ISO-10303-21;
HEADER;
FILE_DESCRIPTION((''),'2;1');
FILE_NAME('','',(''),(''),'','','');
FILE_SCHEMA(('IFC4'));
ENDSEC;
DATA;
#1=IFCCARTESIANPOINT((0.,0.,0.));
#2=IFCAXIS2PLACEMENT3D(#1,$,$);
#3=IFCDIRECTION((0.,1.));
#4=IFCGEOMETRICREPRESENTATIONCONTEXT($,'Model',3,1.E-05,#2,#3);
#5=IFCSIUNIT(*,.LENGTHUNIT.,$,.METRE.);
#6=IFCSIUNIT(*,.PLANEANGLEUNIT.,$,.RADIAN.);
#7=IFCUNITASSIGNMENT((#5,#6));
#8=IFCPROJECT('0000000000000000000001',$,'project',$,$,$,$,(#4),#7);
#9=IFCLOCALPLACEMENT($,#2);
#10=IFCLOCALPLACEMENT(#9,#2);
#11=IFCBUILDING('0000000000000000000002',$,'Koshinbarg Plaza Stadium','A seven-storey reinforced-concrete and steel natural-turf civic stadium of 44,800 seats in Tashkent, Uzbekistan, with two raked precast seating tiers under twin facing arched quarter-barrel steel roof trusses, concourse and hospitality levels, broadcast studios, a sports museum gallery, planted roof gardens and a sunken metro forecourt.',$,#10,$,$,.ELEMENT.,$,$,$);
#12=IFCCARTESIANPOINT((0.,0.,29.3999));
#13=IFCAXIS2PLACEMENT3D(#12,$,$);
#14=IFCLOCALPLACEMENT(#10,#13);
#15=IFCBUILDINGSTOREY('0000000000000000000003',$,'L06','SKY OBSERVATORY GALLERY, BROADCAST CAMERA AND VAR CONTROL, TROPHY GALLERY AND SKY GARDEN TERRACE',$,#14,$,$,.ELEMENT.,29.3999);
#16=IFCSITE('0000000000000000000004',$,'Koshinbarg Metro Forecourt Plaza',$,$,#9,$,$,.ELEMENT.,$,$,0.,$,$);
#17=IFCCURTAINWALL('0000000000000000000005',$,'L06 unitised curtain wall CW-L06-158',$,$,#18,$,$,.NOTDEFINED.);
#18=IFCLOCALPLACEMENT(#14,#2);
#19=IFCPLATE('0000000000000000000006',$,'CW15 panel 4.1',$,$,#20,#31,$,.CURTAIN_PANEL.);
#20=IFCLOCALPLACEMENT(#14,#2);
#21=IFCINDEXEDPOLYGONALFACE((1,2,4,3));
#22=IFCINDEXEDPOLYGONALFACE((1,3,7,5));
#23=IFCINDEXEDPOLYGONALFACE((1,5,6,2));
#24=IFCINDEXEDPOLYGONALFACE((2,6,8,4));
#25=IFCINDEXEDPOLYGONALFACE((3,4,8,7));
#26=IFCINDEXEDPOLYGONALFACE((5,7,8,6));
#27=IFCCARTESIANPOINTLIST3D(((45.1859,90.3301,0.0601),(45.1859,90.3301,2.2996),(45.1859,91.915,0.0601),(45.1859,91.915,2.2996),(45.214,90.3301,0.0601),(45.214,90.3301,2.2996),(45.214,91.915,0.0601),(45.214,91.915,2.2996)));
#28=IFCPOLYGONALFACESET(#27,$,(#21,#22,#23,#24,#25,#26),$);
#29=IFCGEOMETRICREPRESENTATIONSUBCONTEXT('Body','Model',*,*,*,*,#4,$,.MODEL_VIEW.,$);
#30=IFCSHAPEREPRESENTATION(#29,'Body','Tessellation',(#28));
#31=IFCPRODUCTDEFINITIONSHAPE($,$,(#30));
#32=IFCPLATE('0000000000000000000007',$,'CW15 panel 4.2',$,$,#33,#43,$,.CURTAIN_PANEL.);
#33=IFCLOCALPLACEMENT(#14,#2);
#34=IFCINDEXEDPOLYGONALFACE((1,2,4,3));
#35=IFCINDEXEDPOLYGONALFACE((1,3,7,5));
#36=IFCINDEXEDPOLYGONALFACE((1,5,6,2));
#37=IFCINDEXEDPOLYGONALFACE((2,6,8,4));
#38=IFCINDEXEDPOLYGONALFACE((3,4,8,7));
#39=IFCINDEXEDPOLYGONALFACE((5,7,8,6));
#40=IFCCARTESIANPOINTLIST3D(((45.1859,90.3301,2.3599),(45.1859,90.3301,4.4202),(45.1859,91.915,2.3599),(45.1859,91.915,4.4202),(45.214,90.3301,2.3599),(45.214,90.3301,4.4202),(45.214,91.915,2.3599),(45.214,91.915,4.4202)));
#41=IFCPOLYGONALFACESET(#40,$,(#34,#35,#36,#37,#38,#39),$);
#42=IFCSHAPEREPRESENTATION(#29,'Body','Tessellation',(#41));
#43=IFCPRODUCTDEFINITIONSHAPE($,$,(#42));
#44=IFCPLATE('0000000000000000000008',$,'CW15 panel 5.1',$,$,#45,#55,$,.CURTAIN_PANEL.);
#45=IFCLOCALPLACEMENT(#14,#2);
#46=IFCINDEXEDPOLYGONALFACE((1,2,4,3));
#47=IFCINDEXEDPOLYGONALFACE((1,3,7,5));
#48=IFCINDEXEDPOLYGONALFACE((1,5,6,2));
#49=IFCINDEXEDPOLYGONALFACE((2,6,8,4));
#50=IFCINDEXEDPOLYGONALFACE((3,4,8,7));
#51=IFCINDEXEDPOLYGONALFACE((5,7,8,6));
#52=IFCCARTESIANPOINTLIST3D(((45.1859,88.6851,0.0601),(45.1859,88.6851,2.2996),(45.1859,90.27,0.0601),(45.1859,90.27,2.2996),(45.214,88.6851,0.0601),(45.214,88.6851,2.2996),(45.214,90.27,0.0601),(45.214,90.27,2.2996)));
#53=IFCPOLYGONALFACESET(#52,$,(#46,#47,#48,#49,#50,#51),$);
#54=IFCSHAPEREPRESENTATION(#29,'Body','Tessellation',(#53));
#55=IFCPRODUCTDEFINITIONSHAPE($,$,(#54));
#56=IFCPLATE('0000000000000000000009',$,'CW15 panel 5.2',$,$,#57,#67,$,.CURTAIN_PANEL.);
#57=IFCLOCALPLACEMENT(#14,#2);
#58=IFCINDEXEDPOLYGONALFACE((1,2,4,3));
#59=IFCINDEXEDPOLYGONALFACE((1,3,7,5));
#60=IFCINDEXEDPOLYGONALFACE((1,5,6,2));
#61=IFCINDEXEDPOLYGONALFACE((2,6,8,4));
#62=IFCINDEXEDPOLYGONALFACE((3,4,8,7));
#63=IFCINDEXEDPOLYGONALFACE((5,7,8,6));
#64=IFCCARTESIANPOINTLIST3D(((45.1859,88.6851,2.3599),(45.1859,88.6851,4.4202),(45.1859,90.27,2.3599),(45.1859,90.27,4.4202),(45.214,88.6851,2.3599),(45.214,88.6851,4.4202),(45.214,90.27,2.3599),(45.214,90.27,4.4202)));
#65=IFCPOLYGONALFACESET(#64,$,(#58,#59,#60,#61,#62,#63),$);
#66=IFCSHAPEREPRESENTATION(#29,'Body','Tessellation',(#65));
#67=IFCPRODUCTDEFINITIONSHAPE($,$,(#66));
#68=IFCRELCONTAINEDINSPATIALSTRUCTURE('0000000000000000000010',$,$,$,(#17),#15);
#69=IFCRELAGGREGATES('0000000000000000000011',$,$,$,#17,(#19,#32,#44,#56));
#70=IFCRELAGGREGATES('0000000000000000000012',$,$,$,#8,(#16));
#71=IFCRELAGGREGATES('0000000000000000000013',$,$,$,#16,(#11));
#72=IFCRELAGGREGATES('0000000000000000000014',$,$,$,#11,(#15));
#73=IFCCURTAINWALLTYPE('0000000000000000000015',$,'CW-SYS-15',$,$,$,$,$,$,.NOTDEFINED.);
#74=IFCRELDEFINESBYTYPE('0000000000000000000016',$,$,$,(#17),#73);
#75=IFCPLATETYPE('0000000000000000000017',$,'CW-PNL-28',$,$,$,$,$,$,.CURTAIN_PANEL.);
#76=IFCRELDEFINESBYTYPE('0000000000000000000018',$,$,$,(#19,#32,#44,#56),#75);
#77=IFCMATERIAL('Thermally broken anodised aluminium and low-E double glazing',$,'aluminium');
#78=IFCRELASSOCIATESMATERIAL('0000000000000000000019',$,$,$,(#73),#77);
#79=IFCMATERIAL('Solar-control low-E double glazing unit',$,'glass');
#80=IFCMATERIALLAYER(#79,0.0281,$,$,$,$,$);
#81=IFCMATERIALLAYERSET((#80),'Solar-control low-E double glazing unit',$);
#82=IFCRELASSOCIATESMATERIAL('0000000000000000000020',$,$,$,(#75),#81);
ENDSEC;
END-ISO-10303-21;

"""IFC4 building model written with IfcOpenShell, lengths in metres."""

from ifc_helpers import new_model, si_unit, direction, frame, origin, origin_2d, place, context, subcontext, project, spatial, rectangle, extrude, material, layer, layer_set, type_object, element, aggregate, save


model = new_model("IFC4")

# Units and contexts
model_context = context("Model", 3, precision=1e-05, world=origin(), true_north=direction((0.0, 1.0)))
body_context = subcontext(model_context, "Body", "Model", "MODEL_VIEW")
ifc_project = project(units=[si_unit("LENGTHUNIT", "METRE"), si_unit("PLANEANGLEUNIT", "RADIAN")], contexts=[model_context])

# Site, building, storey
site_placement = place(None, origin())
site = spatial("IfcSite", under=ifc_project, at=site_placement, Name="Koshinbarg Metro Forecourt Plaza", CompositionType="ELEMENT", RefElevation=0.0)
building_placement = place(site_placement, origin())
building = spatial("IfcBuilding", under=site, at=building_placement, Name="Koshinbarg Plaza Stadium", Description="A seven-storey reinforced-concrete and steel natural-turf civic stadium of 44,800 seats in Tashkent, Uzbekistan, with two raked precast seating tiers under twin facing arched quarter-barrel steel roof trusses, concourse and hospitality levels, broadcast studios, a sports museum gallery, planted roof gardens and a sunken metro forecourt.", CompositionType="ELEMENT")
storey_placement = place(building_placement, frame((0.0, 0.0, 29.3999)))
storey = spatial("IfcBuildingStorey", under=building, at=storey_placement, Name="L06", Description="SKY OBSERVATORY GALLERY, BROADCAST CAMERA AND VAR CONTROL, TROPHY GALLERY AND SKY GARDEN TERRACE", CompositionType="ELEMENT", Elevation=29.3999)

# Curtain wall, plates
ifc_material_1 = material(Name="Thermally broken anodised aluminium and low-E double glazing", Category="aluminium")
curtain_wall_type = type_object("IfcCurtainWallType", Name="CW-SYS-15", PredefinedType="NOTDEFINED", material=ifc_material_1)
curtain_wall_placement = place(storey_placement, origin())
curtain_wall = element("IfcCurtainWall", 1, at=curtain_wall_placement, inside=storey, type_object=curtain_wall_type, Name="L06 unitised curtain wall CW-L06-158", PredefinedType="NOTDEFINED")
ifc_material_2 = material(Name="Solar-control low-E double glazing unit", Category="glass")
ifc_layer = layer(ifc_material_2, 0.0281)
ifc_layer_set = layer_set([ifc_layer], Name="Solar-control low-E double glazing unit")
plate_type = type_object("IfcPlateType", Name="CW-PNL-28", PredefinedType="CURTAIN_PANEL", material=ifc_layer_set)
plate_1_placement = place(storey_placement, frame((45.2, 91.1226, 0.0601), z_axis=(0.0, 0.0, 1.0), x_axis=(0.0, -1.0, 0.0)))
plate_1 = element("IfcPlate", 2, at=plate_1_placement, type_object=plate_type, Name="CW15 panel 4.1", PredefinedType="CURTAIN_PANEL", context=body_context, shape_type="SweptSolid", body=[
    extrude(rectangle(XDim=1.585, YDim=0.0281, at=origin_2d()), origin(), (0.0, 0.0, 1.0), 2.2395),
])
plate_2_placement = place(storey_placement, frame((45.2, 91.1226, 2.3599), z_axis=(0.0, 0.0, 1.0), x_axis=(0.0, -1.0, 0.0)))
plate_2 = element("IfcPlate", 3, at=plate_2_placement, type_object=plate_type, Name="CW15 panel 4.2", PredefinedType="CURTAIN_PANEL", context=body_context, shape_type="SweptSolid", body=[
    extrude(rectangle(XDim=1.585, YDim=0.0281, at=origin_2d()), origin(), (0.0, 0.0, 1.0), 2.0603),
])
plate_3_placement = place(storey_placement, frame((45.2, 89.4775, 0.0601), z_axis=(0.0, 0.0, 1.0), x_axis=(0.0, -1.0, 0.0)))
plate_3 = element("IfcPlate", 4, at=plate_3_placement, type_object=plate_type, Name="CW15 panel 5.1", PredefinedType="CURTAIN_PANEL", context=body_context, shape_type="SweptSolid", body=[
    extrude(rectangle(XDim=1.585, YDim=0.0281, at=origin_2d()), origin(), (0.0, 0.0, 1.0), 2.2395),
])
plate_4_placement = place(storey_placement, frame((45.2, 89.4775, 2.3599), z_axis=(0.0, 0.0, 1.0), x_axis=(0.0, -1.0, 0.0)))
plate_4 = element("IfcPlate", 5, at=plate_4_placement, type_object=plate_type, Name="CW15 panel 5.2", PredefinedType="CURTAIN_PANEL", context=body_context, shape_type="SweptSolid", body=[
    extrude(rectangle(XDim=1.585, YDim=0.0281, at=origin_2d()), origin(), (0.0, 0.0, 1.0), 2.0603),
])
aggregate(curtain_wall, [plate_1, plate_2, plate_3, plate_4])

save(model, "model.ifc")
